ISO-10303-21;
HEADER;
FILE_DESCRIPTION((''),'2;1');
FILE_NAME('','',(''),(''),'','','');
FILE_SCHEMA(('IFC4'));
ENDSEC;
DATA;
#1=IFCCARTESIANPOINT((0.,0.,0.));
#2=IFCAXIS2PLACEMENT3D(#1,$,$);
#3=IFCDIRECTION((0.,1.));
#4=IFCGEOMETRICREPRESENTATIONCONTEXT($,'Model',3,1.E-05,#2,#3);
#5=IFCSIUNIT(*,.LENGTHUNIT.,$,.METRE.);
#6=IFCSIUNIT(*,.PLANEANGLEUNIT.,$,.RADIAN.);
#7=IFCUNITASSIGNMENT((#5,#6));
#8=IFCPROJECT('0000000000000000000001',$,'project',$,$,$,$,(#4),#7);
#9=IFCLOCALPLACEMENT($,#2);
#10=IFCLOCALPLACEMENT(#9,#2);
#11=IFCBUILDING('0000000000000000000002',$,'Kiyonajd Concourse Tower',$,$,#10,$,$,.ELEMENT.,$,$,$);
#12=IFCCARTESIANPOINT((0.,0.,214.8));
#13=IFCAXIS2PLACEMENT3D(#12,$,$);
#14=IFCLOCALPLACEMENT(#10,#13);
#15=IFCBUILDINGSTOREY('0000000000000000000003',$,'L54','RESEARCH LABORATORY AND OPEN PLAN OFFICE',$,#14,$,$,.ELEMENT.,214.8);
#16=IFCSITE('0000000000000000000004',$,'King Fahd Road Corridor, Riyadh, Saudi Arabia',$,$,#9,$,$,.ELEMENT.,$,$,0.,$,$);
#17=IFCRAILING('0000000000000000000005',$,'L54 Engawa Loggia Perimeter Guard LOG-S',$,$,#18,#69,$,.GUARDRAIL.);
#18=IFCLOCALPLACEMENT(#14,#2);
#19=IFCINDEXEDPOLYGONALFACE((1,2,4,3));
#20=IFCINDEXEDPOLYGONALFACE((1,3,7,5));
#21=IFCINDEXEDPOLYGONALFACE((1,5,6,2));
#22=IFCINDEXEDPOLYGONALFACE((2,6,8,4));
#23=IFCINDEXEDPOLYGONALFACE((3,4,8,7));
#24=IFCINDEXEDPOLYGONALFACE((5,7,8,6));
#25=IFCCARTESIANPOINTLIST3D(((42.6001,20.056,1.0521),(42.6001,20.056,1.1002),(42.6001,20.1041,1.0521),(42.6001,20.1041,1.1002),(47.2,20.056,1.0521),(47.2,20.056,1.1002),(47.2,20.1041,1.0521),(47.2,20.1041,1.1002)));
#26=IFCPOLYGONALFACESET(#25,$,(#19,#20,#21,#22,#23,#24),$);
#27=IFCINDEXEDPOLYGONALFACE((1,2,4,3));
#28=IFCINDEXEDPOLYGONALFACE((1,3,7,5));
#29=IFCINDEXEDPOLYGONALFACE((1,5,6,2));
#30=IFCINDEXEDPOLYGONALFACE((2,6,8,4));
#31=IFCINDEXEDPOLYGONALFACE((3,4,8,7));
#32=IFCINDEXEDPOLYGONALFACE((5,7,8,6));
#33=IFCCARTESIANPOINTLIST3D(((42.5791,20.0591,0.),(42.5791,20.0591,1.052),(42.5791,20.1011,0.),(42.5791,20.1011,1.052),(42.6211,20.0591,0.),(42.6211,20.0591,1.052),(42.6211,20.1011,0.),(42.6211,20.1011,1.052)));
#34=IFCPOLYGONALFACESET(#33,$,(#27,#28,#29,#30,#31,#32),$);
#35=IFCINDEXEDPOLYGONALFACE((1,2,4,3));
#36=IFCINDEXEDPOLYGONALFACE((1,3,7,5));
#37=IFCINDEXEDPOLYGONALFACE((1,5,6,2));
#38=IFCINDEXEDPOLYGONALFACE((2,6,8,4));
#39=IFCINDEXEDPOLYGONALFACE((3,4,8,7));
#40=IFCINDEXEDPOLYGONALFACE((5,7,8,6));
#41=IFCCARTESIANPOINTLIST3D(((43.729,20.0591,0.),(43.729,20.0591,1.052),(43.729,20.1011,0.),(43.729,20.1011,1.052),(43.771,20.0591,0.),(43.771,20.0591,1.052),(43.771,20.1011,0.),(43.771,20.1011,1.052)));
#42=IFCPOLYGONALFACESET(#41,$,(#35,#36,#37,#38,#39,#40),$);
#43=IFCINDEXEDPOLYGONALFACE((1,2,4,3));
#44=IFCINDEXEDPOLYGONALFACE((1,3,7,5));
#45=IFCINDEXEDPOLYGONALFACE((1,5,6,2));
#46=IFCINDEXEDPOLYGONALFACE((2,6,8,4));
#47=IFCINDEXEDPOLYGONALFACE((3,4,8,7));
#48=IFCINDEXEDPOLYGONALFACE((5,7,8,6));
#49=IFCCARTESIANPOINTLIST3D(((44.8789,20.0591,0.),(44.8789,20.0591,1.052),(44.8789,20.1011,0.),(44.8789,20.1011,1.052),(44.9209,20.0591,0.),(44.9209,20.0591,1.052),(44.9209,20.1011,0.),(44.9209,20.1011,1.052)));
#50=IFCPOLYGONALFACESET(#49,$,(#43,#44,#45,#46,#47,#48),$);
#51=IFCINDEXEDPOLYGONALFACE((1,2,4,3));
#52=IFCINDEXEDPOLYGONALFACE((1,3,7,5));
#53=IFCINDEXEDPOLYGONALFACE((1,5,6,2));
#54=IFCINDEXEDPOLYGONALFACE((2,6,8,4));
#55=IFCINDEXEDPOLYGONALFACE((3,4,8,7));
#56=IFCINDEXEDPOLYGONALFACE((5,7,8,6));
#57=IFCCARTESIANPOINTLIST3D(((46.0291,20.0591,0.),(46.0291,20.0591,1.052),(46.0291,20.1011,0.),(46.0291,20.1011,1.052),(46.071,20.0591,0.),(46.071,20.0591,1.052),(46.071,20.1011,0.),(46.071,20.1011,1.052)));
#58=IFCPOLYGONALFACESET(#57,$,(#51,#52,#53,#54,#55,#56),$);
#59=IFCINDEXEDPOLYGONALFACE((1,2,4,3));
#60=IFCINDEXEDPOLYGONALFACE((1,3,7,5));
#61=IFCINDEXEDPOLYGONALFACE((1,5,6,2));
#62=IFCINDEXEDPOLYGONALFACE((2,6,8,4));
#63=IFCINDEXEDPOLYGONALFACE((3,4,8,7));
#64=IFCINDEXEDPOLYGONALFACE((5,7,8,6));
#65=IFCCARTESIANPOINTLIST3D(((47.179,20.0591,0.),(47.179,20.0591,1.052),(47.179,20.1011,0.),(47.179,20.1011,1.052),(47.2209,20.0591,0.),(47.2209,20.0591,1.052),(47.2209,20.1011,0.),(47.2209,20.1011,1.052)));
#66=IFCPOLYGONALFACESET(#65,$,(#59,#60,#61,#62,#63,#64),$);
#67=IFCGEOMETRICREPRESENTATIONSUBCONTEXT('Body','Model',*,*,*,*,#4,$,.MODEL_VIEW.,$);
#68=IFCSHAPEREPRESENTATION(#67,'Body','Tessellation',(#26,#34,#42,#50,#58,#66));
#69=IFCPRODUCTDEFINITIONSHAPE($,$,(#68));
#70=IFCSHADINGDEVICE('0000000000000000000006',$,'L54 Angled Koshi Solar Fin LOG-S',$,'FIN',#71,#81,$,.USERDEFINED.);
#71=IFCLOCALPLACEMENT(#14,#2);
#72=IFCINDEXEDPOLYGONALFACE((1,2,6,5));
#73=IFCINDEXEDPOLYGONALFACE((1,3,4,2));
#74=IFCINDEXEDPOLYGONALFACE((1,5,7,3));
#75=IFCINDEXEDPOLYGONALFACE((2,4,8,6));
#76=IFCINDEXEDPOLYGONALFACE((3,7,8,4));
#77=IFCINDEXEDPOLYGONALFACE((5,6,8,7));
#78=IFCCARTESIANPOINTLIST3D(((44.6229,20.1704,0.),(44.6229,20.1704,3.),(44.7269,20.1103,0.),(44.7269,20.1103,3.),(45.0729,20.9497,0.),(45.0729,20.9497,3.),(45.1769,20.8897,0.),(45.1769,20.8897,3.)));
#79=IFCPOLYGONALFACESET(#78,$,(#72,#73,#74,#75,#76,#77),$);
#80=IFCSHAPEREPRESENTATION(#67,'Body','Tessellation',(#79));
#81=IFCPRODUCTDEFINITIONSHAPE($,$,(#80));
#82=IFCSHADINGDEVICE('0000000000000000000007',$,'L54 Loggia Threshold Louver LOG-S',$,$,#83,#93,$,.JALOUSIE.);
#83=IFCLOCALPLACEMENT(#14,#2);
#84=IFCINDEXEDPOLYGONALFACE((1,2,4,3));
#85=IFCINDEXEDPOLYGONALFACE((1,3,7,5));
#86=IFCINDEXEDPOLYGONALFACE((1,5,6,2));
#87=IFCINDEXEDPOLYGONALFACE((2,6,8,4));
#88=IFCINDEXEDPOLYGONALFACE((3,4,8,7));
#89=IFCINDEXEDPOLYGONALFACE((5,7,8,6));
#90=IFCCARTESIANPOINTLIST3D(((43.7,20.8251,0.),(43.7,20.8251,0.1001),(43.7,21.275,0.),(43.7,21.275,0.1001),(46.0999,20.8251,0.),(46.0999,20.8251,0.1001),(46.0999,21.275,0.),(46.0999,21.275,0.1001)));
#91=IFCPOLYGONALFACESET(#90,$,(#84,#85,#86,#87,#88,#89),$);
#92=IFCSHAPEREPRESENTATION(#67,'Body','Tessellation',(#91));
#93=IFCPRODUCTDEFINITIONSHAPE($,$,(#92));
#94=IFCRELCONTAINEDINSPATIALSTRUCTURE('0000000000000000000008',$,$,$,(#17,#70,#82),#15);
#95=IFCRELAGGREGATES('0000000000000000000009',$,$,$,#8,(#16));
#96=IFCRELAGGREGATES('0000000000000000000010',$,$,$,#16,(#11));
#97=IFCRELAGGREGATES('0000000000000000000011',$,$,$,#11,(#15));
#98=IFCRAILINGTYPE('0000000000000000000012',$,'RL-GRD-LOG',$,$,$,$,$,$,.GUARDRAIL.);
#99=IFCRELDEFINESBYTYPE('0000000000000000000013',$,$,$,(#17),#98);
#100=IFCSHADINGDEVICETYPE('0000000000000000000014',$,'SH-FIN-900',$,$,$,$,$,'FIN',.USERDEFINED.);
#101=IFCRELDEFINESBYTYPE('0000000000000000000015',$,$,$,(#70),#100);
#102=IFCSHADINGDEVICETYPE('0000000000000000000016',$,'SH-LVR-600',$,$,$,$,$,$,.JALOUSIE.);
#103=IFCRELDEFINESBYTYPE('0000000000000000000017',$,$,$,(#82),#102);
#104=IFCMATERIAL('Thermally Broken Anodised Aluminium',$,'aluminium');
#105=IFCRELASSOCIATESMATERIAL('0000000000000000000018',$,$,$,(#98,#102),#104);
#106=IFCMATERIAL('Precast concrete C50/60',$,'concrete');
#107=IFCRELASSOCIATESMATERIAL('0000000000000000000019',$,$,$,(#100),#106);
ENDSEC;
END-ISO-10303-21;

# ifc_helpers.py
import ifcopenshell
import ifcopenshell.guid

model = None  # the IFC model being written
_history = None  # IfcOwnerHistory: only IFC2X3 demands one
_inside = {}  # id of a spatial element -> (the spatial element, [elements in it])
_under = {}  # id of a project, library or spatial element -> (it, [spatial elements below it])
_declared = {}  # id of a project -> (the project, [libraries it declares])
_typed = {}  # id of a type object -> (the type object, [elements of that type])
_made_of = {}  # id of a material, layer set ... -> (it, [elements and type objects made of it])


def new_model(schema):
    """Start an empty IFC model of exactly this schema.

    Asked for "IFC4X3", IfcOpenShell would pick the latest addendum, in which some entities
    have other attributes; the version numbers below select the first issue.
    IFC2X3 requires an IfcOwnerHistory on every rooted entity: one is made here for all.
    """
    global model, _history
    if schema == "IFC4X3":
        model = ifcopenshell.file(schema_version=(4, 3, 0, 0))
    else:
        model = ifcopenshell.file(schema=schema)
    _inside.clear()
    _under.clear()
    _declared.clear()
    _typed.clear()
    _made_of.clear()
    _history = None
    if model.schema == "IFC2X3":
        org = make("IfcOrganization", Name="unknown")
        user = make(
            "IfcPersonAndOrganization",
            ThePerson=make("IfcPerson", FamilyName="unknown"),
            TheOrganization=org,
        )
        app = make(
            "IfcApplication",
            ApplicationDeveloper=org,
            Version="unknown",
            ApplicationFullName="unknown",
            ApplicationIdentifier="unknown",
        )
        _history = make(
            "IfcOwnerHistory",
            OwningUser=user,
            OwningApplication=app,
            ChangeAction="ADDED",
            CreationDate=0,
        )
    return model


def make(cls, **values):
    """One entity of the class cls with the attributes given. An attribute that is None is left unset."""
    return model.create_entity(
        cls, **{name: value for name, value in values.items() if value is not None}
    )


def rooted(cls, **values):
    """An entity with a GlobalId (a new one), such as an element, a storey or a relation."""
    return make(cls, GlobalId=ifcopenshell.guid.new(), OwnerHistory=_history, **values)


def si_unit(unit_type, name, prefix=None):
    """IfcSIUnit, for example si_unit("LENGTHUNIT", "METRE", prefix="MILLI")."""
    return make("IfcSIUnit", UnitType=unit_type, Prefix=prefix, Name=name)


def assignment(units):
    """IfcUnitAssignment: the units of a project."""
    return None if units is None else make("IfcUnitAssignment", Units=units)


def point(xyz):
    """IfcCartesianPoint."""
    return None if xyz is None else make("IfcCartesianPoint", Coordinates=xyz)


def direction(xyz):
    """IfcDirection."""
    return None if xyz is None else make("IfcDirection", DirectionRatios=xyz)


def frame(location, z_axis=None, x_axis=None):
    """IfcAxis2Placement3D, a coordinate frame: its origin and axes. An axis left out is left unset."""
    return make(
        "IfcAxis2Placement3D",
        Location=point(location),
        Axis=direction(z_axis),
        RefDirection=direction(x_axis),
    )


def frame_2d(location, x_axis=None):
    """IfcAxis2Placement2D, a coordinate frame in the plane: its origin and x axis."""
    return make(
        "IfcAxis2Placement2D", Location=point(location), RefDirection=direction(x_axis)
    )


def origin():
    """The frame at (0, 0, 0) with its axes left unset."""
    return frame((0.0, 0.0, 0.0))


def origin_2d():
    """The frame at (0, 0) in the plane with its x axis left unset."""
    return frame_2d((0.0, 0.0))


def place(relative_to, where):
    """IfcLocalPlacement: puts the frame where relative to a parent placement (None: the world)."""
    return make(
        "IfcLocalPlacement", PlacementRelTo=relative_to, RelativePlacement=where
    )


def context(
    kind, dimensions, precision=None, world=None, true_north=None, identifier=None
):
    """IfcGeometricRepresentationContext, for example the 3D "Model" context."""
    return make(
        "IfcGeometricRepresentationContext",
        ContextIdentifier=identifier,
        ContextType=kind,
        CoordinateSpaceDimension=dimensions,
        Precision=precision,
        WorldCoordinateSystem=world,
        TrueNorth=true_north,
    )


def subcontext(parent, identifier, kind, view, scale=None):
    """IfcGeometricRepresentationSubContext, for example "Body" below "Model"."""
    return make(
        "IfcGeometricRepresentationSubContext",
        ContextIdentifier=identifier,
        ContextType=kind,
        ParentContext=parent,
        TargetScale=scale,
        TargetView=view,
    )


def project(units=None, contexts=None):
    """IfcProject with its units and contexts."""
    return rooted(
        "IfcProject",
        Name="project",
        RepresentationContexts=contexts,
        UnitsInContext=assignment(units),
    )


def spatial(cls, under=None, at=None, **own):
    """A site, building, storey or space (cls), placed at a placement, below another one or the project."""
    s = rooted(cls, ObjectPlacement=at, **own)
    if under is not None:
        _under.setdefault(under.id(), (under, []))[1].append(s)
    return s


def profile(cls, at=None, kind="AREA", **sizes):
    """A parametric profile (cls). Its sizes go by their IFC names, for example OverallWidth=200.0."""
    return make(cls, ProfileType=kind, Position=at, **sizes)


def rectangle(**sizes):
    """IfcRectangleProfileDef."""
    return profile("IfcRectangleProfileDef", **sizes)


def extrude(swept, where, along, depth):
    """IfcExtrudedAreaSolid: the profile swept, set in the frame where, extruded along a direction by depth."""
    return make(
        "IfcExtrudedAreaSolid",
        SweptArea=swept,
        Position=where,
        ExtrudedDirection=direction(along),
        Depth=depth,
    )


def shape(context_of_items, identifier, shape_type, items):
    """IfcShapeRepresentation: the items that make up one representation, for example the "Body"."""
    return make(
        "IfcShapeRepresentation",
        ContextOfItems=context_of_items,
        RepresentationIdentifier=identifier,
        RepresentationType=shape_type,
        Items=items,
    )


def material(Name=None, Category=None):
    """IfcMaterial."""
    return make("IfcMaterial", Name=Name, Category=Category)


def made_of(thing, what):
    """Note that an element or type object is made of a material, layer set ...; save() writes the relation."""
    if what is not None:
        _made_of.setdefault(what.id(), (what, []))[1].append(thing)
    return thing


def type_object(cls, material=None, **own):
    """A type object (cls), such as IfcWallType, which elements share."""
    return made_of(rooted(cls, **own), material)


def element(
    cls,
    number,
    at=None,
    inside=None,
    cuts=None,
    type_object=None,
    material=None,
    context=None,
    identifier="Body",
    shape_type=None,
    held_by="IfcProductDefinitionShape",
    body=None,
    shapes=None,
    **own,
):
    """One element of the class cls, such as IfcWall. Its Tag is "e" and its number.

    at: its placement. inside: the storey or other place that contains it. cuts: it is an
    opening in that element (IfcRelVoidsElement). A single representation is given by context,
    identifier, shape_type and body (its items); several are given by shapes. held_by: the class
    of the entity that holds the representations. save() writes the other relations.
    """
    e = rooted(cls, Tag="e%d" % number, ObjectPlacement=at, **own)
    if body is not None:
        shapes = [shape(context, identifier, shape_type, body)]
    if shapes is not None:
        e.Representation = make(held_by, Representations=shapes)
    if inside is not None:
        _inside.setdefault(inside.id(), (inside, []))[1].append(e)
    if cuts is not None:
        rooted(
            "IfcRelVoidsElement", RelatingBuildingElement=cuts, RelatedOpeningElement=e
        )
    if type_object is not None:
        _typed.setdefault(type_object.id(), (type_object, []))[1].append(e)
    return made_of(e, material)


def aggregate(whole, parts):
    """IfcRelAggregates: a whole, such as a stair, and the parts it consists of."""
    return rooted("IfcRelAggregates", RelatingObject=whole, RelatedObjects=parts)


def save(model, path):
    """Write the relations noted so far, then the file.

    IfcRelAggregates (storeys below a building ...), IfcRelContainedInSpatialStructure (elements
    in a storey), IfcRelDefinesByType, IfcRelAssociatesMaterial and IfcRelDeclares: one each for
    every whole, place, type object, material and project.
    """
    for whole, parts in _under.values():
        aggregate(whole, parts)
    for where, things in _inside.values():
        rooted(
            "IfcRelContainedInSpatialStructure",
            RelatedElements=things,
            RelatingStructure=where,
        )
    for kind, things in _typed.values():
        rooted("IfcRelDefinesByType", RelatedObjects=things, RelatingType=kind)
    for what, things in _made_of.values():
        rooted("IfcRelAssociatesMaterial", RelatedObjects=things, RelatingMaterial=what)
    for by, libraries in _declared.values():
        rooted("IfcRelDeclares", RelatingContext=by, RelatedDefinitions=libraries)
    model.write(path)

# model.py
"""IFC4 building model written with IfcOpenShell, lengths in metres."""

from ifc_helpers import new_model, si_unit, direction, frame, origin, origin_2d, place, context, subcontext, project, spatial, rectangle, extrude, material, type_object, element, save


model = new_model("IFC4")

# Units and contexts
model_context = context("Model", 3, precision=1e-05, world=origin(), true_north=direction((0.0, 1.0)))
body_context = subcontext(model_context, "Body", "Model", "MODEL_VIEW")
ifc_project = project(units=[si_unit("LENGTHUNIT", "METRE"), si_unit("PLANEANGLEUNIT", "RADIAN")], contexts=[model_context])

# Site, building, storey
site_placement = place(None, origin())
site = spatial("IfcSite", under=ifc_project, at=site_placement, Name="King Fahd Road Corridor, Riyadh, Saudi Arabia", CompositionType="ELEMENT", RefElevation=0.0)
building_placement = place(site_placement, origin())
building = spatial("IfcBuilding", under=site, at=building_placement, Name="Kiyonajd Concourse Tower", CompositionType="ELEMENT")
storey_placement = place(building_placement, frame((0.0, 0.0, 214.8)))
storey = spatial("IfcBuildingStorey", under=building, at=storey_placement, Name="L54", Description="RESEARCH LABORATORY AND OPEN PLAN OFFICE", CompositionType="ELEMENT", Elevation=214.8)

# Shared definitions
ifc_material_1 = material(Name="Thermally Broken Anodised Aluminium", Category="aluminium")

# Shared definitions
ifc_material_2 = material(Name="Precast concrete C50/60", Category="concrete")

# Railing
railing_type = type_object("IfcRailingType", Name="RL-GRD-LOG", PredefinedType="GUARDRAIL", material=ifc_material_1)
railing_placement = place(storey_placement, frame((42.6001, 20.0801, 0.0)))
element("IfcRailing", 1, at=railing_placement, inside=storey, type_object=railing_type, Name="L54 Engawa Loggia Perimeter Guard LOG-S", PredefinedType="GUARDRAIL", context=body_context, shape_type="SweptSolid", body=[
    extrude(rectangle(XDim=0.0481, YDim=0.0481, at=origin_2d()), frame((0.0, 0.0, 1.0762), z_axis=(1.0, 0.0, 0.0), x_axis=(0.0, 1.0, 0.0)), (0.0, 0.0, 1.0), 4.5999),
    extrude(rectangle(XDim=0.042, YDim=0.042, at=origin_2d()), origin(), (0.0, 0.0, 1.0), 1.052),
    extrude(rectangle(XDim=0.042, YDim=0.042, at=origin_2d()), frame((1.1499, 0.0, 0.0)), (0.0, 0.0, 1.0), 1.052),
    extrude(rectangle(XDim=0.042, YDim=0.042, at=origin_2d()), frame((2.2998, 0.0, 0.0)), (0.0, 0.0, 1.0), 1.052),
    extrude(rectangle(XDim=0.042, YDim=0.042, at=origin_2d()), frame((3.45, 0.0, 0.0)), (0.0, 0.0, 1.0), 1.052),
    extrude(rectangle(XDim=0.042, YDim=0.042, at=origin_2d()), frame((4.5999, 0.0, 0.0)), (0.0, 0.0, 1.0), 1.052),
])

# Shading devices
shading_device_type_1 = type_object("IfcShadingDeviceType", Name="SH-FIN-900", ElementType="FIN", PredefinedType="USERDEFINED", material=ifc_material_2)
shading_device_1_placement = place(storey_placement, frame((44.8999, 20.53, 0.0), z_axis=(0.0, 0.0, 1.0), x_axis=(0.5, 0.866025, 0.0)))
element("IfcShadingDevice", 2, at=shading_device_1_placement, inside=storey, type_object=shading_device_type_1, Name="L54 Angled Koshi Solar Fin LOG-S", ObjectType="FIN", PredefinedType="USERDEFINED", context=body_context, shape_type="SweptSolid", body=[
    extrude(rectangle(XDim=0.8999, YDim=0.1201, at=origin_2d()), origin(), (0.0, 0.0, 1.0), 3.0),
])
shading_device_type_2 = type_object("IfcShadingDeviceType", Name="SH-LVR-600", PredefinedType="JALOUSIE", material=ifc_material_1)
shading_device_2_placement = place(storey_placement, frame((44.8999, 21.05, 0.0), z_axis=(0.0, 0.0, 1.0), x_axis=(1.0, 0.0, 0.0)))
element("IfcShadingDevice", 3, at=shading_device_2_placement, inside=storey, type_object=shading_device_type_2, Name="L54 Loggia Threshold Louver LOG-S", PredefinedType="JALOUSIE", context=body_context, shape_type="SweptSolid", body=[
    extrude(rectangle(XDim=2.3999, YDim=0.45, at=origin_2d()), origin(), (0.0, 0.0, 1.0), 0.1001),
])

save(model, "model.ifc")
